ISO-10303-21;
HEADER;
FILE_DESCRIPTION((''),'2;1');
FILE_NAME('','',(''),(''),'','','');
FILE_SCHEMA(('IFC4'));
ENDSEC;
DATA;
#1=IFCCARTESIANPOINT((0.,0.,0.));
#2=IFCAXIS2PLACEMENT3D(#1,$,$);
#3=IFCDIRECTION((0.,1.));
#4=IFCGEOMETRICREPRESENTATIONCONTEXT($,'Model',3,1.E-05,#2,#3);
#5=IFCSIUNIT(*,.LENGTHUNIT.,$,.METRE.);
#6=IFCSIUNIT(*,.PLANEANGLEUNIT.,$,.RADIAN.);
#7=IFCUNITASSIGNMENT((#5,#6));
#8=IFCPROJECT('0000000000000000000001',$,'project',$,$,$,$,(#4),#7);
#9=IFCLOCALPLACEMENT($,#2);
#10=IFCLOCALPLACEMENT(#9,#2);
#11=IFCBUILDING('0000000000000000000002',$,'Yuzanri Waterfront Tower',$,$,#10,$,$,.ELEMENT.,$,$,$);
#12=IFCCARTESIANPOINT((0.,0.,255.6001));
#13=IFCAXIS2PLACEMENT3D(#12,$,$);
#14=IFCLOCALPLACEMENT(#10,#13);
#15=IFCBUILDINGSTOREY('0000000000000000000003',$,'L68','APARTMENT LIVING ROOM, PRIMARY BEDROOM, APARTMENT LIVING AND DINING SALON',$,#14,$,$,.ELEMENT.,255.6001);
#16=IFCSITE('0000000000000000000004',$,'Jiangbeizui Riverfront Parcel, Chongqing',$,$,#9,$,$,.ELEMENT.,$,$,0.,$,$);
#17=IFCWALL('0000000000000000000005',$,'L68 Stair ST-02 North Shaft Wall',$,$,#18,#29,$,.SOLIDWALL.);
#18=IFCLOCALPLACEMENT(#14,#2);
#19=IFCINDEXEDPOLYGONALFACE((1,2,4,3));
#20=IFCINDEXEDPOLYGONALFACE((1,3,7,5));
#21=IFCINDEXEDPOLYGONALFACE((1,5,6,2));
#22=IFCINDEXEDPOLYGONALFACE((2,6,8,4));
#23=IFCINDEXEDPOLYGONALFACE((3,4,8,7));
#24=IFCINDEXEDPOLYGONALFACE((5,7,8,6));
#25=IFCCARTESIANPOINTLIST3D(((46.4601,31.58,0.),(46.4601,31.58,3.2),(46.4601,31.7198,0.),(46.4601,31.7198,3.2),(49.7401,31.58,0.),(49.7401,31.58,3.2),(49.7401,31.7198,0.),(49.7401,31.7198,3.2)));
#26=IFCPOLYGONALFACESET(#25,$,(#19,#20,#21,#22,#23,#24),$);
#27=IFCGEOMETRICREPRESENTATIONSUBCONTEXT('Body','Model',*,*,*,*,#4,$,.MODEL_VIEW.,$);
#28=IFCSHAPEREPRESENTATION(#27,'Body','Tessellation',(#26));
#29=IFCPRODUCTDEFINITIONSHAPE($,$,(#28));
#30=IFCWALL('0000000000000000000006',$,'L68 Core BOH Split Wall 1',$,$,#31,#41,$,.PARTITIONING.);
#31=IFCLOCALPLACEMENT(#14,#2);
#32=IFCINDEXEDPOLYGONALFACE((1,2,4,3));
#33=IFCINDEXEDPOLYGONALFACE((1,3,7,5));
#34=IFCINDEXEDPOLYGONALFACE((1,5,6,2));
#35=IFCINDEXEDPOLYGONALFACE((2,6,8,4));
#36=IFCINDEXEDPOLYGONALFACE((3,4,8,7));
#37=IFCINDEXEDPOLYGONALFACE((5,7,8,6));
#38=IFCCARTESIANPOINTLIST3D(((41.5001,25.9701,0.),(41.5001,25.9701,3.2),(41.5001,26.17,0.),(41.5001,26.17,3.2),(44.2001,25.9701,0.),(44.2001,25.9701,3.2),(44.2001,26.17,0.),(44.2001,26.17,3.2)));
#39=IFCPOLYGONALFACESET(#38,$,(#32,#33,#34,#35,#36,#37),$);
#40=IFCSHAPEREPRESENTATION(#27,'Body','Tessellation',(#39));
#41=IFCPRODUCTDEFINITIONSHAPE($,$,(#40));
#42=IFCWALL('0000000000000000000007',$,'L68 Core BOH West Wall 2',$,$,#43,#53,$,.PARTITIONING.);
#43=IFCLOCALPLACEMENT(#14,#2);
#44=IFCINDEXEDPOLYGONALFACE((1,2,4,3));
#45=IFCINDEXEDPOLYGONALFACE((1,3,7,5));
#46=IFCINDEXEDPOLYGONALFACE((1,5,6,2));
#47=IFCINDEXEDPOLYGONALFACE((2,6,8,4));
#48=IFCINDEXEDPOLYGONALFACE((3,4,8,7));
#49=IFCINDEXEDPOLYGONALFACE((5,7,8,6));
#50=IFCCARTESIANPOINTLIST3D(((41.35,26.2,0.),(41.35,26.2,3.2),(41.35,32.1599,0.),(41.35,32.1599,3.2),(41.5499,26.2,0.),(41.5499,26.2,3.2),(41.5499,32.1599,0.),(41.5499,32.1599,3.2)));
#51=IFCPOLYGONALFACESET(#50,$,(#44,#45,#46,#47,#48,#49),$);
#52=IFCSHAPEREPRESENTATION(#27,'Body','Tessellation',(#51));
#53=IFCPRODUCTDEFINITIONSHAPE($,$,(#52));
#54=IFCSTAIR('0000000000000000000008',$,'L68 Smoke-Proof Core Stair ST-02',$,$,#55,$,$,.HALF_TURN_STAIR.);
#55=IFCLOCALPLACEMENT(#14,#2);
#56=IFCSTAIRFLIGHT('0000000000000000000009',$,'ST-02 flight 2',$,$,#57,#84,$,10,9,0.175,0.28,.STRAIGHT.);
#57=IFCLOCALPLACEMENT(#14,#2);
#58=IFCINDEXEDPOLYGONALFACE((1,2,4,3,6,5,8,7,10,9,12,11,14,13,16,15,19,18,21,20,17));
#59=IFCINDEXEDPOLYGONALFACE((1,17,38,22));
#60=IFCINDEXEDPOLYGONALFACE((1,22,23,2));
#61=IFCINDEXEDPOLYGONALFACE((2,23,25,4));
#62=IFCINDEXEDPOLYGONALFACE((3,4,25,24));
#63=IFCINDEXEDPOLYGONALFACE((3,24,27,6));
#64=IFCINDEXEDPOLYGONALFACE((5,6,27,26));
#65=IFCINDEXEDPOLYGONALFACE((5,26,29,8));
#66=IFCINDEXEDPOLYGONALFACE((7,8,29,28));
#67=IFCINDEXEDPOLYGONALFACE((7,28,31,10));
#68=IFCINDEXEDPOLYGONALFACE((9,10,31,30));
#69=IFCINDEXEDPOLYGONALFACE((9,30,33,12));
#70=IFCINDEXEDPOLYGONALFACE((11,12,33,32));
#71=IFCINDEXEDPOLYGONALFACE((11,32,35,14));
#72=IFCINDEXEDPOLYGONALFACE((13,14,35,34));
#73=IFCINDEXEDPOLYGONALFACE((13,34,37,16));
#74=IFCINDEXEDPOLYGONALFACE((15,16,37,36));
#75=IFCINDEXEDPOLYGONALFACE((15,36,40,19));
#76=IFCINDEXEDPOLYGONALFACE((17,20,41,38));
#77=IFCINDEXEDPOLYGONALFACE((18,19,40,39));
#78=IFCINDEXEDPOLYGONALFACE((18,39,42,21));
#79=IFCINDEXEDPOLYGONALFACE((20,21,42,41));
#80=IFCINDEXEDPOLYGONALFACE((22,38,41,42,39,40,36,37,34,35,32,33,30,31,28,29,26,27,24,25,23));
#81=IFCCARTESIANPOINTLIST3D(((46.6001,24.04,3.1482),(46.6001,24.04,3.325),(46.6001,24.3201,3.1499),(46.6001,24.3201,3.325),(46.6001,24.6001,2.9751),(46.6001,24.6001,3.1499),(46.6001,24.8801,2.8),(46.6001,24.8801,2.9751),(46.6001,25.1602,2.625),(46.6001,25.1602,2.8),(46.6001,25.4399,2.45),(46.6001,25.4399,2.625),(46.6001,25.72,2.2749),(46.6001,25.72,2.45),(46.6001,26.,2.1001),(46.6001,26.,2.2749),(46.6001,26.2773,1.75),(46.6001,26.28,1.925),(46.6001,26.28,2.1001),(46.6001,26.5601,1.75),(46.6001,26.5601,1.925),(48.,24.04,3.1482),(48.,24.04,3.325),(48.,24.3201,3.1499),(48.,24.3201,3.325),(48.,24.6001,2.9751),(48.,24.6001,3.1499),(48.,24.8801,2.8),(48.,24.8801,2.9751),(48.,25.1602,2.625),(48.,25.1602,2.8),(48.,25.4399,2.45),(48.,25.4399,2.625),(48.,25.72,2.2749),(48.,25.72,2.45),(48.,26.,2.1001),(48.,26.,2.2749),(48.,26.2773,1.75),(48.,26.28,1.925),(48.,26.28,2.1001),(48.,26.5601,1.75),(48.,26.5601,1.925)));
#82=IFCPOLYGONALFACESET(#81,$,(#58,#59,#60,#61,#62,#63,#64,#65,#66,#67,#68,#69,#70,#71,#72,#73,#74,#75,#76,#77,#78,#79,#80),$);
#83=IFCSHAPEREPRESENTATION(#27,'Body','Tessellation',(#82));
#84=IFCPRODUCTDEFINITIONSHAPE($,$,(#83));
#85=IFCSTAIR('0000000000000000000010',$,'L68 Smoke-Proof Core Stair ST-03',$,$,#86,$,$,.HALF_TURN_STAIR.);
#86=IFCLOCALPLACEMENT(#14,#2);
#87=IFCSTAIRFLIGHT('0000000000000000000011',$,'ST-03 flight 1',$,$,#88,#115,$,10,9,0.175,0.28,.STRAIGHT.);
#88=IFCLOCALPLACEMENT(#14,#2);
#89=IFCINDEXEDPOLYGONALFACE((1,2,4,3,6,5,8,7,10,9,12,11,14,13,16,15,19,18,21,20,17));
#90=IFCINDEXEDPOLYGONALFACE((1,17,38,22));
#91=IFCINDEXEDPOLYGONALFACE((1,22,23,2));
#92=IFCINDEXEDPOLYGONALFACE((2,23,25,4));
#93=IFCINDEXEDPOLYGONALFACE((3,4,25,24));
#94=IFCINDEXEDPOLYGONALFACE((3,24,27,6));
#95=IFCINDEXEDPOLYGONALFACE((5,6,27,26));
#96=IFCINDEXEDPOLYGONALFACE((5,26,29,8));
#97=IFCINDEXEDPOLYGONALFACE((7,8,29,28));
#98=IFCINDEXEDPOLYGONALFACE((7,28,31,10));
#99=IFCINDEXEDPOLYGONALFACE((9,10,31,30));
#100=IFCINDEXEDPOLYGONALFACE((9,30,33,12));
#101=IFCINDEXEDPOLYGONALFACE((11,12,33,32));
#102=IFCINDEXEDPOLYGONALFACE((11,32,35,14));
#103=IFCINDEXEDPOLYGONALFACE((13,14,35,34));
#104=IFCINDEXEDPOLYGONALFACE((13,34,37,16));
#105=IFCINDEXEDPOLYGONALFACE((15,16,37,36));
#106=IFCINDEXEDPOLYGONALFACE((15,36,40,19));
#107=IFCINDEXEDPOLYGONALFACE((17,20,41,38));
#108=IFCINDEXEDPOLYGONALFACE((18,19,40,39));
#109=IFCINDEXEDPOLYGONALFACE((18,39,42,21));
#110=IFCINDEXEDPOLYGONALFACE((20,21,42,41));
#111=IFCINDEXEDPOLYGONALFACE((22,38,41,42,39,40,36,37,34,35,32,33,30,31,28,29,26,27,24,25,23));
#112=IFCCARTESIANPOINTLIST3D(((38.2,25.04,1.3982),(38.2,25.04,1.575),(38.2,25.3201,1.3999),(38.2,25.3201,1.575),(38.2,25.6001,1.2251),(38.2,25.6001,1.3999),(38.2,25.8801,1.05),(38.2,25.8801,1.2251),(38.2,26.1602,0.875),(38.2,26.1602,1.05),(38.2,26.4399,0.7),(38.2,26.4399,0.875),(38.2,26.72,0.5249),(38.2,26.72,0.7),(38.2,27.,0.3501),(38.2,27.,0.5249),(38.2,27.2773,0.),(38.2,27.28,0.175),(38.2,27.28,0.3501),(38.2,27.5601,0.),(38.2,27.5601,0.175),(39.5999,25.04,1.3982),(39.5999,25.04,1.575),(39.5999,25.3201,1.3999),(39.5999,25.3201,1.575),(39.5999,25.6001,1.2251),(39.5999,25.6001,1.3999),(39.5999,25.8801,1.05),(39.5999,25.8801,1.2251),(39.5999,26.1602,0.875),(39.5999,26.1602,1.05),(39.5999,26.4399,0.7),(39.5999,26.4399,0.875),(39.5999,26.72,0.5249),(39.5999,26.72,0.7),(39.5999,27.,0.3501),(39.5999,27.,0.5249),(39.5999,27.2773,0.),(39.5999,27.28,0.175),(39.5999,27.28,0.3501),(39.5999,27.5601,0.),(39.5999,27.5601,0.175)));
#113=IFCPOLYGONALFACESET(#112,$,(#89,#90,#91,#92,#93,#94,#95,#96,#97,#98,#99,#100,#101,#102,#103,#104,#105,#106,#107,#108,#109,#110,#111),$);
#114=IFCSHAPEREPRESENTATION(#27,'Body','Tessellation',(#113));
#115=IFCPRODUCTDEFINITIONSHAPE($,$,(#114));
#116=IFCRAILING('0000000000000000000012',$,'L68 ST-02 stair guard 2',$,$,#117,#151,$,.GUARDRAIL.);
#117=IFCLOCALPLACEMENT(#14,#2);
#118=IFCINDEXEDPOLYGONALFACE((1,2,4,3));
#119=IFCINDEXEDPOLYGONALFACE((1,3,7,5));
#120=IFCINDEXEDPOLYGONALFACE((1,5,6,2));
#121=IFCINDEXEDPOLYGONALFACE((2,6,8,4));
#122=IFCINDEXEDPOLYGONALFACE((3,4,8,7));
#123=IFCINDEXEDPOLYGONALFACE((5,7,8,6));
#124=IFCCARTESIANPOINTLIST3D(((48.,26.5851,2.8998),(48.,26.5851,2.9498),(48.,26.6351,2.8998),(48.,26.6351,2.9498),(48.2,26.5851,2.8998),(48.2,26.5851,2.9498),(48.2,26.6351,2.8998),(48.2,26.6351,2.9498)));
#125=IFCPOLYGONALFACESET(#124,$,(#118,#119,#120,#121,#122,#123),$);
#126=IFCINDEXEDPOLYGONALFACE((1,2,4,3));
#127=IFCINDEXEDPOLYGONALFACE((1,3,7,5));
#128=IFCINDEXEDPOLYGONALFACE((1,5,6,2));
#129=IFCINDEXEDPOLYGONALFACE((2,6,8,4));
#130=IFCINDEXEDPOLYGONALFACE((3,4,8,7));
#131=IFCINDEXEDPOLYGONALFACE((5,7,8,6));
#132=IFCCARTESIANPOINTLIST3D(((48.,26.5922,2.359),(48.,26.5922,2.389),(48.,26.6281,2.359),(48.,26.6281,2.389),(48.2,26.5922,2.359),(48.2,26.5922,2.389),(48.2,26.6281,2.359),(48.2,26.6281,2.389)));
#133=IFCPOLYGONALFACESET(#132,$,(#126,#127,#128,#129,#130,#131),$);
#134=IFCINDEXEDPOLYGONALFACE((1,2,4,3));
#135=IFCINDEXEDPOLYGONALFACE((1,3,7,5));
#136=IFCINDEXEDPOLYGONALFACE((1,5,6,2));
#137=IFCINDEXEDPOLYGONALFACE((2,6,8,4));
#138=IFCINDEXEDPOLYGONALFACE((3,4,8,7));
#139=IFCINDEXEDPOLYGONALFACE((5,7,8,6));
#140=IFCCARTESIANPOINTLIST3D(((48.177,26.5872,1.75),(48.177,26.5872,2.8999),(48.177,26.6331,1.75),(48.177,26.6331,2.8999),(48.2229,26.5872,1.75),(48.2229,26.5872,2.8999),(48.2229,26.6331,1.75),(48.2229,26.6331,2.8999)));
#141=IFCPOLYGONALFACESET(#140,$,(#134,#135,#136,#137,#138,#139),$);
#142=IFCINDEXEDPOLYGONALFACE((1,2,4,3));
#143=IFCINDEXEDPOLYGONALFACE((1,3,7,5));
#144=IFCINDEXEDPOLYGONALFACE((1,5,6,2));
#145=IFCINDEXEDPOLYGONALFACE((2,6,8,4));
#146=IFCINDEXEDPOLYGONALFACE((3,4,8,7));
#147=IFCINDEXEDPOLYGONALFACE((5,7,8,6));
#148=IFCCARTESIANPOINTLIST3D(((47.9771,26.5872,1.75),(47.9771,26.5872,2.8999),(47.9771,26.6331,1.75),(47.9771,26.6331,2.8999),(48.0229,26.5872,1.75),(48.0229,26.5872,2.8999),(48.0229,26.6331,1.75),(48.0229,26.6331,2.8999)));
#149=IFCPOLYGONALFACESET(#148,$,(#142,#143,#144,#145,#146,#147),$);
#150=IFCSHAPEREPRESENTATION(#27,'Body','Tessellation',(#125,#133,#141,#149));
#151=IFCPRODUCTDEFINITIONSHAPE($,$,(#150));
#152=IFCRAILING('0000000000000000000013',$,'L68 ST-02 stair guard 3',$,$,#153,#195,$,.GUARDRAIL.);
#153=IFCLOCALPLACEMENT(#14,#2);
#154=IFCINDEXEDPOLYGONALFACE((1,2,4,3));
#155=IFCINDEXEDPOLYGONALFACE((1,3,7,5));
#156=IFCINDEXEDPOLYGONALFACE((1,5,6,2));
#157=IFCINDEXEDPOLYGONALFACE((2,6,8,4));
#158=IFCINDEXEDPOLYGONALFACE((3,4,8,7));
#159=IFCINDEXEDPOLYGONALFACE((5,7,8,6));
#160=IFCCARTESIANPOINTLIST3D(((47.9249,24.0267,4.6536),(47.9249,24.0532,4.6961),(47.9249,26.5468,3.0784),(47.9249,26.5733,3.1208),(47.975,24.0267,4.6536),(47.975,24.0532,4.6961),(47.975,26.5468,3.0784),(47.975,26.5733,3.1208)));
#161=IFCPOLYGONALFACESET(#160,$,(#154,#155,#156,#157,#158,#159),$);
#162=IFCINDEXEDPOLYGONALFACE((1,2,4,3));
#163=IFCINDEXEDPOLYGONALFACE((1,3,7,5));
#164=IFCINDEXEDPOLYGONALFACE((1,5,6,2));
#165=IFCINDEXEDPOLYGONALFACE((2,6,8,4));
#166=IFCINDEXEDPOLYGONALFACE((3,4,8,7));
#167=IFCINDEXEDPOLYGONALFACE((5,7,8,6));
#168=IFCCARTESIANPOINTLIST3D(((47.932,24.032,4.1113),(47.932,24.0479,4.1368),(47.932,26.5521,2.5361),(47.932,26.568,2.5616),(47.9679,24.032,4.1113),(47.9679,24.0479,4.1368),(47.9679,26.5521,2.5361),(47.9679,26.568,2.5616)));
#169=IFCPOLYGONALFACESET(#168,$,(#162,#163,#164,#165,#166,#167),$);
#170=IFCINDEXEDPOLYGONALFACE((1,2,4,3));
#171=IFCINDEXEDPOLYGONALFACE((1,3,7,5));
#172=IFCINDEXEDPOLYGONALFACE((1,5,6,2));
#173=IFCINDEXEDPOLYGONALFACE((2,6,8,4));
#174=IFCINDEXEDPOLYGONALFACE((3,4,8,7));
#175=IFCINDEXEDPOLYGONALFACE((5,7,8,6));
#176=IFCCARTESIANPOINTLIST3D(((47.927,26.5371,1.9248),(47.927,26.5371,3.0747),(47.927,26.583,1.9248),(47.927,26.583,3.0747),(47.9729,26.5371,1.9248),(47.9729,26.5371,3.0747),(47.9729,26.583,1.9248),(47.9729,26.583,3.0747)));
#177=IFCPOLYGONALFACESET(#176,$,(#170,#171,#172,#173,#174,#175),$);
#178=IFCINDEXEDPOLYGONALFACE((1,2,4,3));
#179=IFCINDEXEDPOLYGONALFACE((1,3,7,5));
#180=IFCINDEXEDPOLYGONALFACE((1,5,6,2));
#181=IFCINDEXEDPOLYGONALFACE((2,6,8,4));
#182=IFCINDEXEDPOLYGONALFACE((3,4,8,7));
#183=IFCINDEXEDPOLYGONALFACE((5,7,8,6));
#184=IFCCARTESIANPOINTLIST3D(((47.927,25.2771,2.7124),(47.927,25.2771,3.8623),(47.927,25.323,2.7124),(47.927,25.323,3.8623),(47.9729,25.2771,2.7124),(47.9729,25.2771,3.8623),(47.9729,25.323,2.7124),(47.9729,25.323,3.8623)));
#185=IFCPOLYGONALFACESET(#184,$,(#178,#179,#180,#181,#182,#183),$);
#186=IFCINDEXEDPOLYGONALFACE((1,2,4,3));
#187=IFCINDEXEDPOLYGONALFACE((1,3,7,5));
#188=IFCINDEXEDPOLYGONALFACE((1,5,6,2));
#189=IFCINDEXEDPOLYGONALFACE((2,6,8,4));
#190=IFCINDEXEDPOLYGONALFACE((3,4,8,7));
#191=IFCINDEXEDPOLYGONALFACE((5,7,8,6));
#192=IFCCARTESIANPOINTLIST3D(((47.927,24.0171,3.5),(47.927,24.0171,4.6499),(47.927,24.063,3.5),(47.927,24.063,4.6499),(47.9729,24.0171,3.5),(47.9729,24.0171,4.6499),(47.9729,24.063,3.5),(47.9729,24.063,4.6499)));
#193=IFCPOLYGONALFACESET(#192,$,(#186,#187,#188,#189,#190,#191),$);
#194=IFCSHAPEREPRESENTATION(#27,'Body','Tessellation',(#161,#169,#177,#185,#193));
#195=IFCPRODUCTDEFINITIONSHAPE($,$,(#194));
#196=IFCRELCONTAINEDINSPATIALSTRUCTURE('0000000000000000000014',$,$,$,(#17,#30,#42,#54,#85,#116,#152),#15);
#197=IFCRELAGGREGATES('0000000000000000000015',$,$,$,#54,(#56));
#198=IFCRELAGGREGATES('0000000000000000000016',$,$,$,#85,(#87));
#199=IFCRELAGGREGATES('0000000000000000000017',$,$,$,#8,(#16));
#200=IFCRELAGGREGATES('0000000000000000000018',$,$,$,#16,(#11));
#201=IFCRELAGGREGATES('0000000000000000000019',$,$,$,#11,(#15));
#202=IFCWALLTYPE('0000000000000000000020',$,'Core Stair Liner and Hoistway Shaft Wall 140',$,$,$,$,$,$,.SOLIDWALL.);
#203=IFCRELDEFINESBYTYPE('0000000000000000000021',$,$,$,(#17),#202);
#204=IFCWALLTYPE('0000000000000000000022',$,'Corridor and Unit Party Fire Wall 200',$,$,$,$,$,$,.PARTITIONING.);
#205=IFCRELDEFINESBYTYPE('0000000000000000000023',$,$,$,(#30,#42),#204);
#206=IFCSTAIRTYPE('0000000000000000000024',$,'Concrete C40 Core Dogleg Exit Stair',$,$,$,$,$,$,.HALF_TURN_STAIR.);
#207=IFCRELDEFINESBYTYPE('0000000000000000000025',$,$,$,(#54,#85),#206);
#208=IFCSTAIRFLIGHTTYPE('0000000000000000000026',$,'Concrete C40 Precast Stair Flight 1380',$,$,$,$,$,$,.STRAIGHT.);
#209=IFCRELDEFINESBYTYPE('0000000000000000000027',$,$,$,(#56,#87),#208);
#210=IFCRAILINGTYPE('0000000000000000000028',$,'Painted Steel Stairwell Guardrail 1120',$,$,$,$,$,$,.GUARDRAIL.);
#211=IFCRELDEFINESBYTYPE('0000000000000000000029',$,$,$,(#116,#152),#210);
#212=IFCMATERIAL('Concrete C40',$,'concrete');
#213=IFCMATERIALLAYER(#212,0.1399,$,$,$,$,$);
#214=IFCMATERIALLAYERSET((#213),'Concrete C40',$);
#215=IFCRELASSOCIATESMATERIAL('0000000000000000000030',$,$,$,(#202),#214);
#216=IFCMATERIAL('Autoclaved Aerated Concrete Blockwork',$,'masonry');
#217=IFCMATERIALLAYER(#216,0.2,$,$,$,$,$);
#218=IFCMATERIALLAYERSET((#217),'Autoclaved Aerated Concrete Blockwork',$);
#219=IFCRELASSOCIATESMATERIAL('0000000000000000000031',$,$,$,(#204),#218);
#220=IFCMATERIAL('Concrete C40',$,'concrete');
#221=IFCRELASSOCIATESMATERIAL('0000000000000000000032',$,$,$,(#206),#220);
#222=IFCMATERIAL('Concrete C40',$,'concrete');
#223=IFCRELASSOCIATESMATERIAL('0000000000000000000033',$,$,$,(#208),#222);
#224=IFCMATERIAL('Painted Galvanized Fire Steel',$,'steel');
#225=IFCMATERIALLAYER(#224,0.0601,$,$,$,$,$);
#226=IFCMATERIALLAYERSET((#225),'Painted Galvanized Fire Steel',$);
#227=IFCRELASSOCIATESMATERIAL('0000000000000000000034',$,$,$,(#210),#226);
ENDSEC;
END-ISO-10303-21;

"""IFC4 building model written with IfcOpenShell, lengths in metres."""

from ifc_helpers import new_model, si_unit, direction, frame, frame_2d, origin, origin_2d, place, context, subcontext, project, spatial, polyline, rectangle, outline, extrude, source, transform, mapped, material, layer, layer_set, type_object, element, aggregate, save


model = new_model("IFC4")

# Units and contexts
model_context = context("Model", 3, precision=1e-05, world=origin(), true_north=direction((0.0, 1.0)))
body_context = subcontext(model_context, "Body", "Model", "MODEL_VIEW")
ifc_project = project(units=[si_unit("LENGTHUNIT", "METRE"), si_unit("PLANEANGLEUNIT", "RADIAN")], contexts=[model_context])

# Site, building, storey
site_placement = place(None, origin())
site = spatial("IfcSite", under=ifc_project, at=site_placement, Name="Jiangbeizui Riverfront Parcel, Chongqing", CompositionType="ELEMENT", RefElevation=0.0)
building_placement = place(site_placement, origin())
building = spatial("IfcBuilding", under=site, at=building_placement, Name="Yuzanri Waterfront Tower", CompositionType="ELEMENT")
storey_placement = place(building_placement, frame((0.0, 0.0, 255.6001)))
storey = spatial("IfcBuildingStorey", under=building, at=storey_placement, Name="L68", Description="APARTMENT LIVING ROOM, PRIMARY BEDROOM, APARTMENT LIVING AND DINING SALON", CompositionType="ELEMENT", Elevation=255.6001)

# Shared definitions
ifc_material_1 = material(Name="Concrete C40", Category="concrete")
ifc_layer_1 = layer(ifc_material_1, 0.1399)
ifc_layer_set_1 = layer_set([ifc_layer_1], Name="Concrete C40")
wall_type_1 = type_object("IfcWallType", Name="Core Stair Liner and Hoistway Shaft Wall 140", PredefinedType="SOLIDWALL", material=ifc_layer_set_1)
ifc_material_2 = material(Name="Autoclaved Aerated Concrete Blockwork", Category="masonry")
ifc_layer_2 = layer(ifc_material_2, 0.2)
ifc_layer_set_2 = layer_set([ifc_layer_2], Name="Autoclaved Aerated Concrete Blockwork")
wall_type_2 = type_object("IfcWallType", Name="Corridor and Unit Party Fire Wall 200", PredefinedType="PARTITIONING", material=ifc_layer_set_2)

# Walls
shared_shape_1 = source(origin(), body_context, "Body", "SweptSolid", [
    extrude(rectangle(XDim=3.28, YDim=0.1399, at=frame_2d((1.6401, 0.0))), origin(), (0.0, 0.0, 1.0), 3.2),
])
wall_1_placement = place(storey_placement, frame((46.46, 31.6499, 0.0), z_axis=(0.0, 0.0, 1.0), x_axis=(1.0, 0.0, 0.0)))
element("IfcWall", 1, at=wall_1_placement, inside=storey, type_object=wall_type_1, Name="L68 Stair ST-02 North Shaft Wall", PredefinedType="SOLIDWALL", context=body_context, shape_type="MappedRepresentation", body=[
    mapped(shared_shape_1, transform((0.0, 0.0, 0.0), scale=1.0)),
])
shared_shape_2 = source(origin(), body_context, "Body", "SweptSolid", [
    extrude(rectangle(XDim=2.7, YDim=0.2, at=frame_2d((1.3501, 0.0))), origin(), (0.0, 0.0, 1.0), 3.2),
])
wall_2_placement = place(storey_placement, frame((41.5, 26.0701, 0.0), z_axis=(0.0, 0.0, 1.0), x_axis=(1.0, 0.0, 0.0)))
element("IfcWall", 2, at=wall_2_placement, inside=storey, type_object=wall_type_2, Name="L68 Core BOH Split Wall 1", PredefinedType="PARTITIONING", context=body_context, shape_type="MappedRepresentation", body=[
    mapped(shared_shape_2, transform((0.0, 0.0, 0.0), scale=1.0)),
])
shared_shape_3 = source(origin(), body_context, "Body", "SweptSolid", [
    extrude(rectangle(XDim=5.96, YDim=0.2, at=frame_2d((2.98, 0.0))), origin(), (0.0, 0.0, 1.0), 3.2),
])
wall_3_placement = place(storey_placement, frame((41.45, 26.2, 0.0), z_axis=(0.0, 0.0, 1.0), x_axis=(0.0, 1.0, 0.0)))
element("IfcWall", 3, at=wall_3_placement, inside=storey, type_object=wall_type_2, Name="L68 Core BOH West Wall 2", PredefinedType="PARTITIONING", context=body_context, shape_type="MappedRepresentation", body=[
    mapped(shared_shape_3, transform((0.0, 0.0, 0.0), scale=1.0)),
])

# Stairs, stair flights
ifc_material_3 = material(Name="Concrete C40", Category="concrete")
stair_type = type_object("IfcStairType", Name="Concrete C40 Core Dogleg Exit Stair", PredefinedType="HALF_TURN_STAIR", material=ifc_material_3)
stair_1_placement = place(storey_placement, origin())
stair_1 = element("IfcStair", 4, at=stair_1_placement, inside=storey, type_object=stair_type, Name="L68 Smoke-Proof Core Stair ST-02", PredefinedType="HALF_TURN_STAIR")
ifc_material_4 = material(Name="Concrete C40", Category="concrete")
stair_flight_type = type_object("IfcStairFlightType", Name="Concrete C40 Precast Stair Flight 1380", PredefinedType="STRAIGHT", material=ifc_material_4)
shared_shape_4 = source(origin(), body_context, "Body", "SweptSolid", [
    extrude(outline(polyline([(0.0, 0.0), (0.0, 0.175), (0.28, 0.175), (0.28, 0.3501), (0.5601, 0.3501), (0.5601, 0.5249), (0.8401, 0.5249), (0.8401, 0.7), (1.1201, 0.7), (1.1201, 0.875), (1.3999, 0.875), (1.3999, 1.05), (1.6799, 1.05), (1.6799, 1.2251), (1.96, 1.2251), (1.96, 1.3999), (2.24, 1.3999), (2.24, 1.575), (2.52, 1.575), (2.52, 1.75), (2.52, 1.3982), (0.2827, 0.0), (0.0, 0.0)])), frame((0.0, 0.7, 0.0), z_axis=(0.0, -1.0, 0.0), x_axis=(1.0, 0.0, 0.0)), (0.0, 0.0, 1.0), 1.3999),
])
stair_flight_1_placement = place(storey_placement, frame((47.3, 26.5601, 1.75), z_axis=(0.0, 0.0, 1.0), x_axis=(0.0, -1.0, 0.0)))
stair_flight_1 = element("IfcStairFlight", 5, at=stair_flight_1_placement, type_object=stair_flight_type, Name="ST-02 flight 2", NumberOfRisers=10, NumberOfTreads=9, PredefinedType="STRAIGHT", RiserHeight=0.175, TreadLength=0.28, context=body_context, shape_type="MappedRepresentation", body=[
    mapped(shared_shape_4, transform((0.0, 0.0, 0.0), scale=1.0)),
])
aggregate(stair_1, [stair_flight_1])
stair_2_placement = place(storey_placement, origin())
stair_2 = element("IfcStair", 6, at=stair_2_placement, inside=storey, type_object=stair_type, Name="L68 Smoke-Proof Core Stair ST-03", PredefinedType="HALF_TURN_STAIR")
stair_flight_2_placement = place(storey_placement, frame((38.8999, 27.5601, 0.0), z_axis=(0.0, 0.0, 1.0), x_axis=(0.0, -1.0, 0.0)))
stair_flight_2 = element("IfcStairFlight", 7, at=stair_flight_2_placement, type_object=stair_flight_type, Name="ST-03 flight 1", NumberOfRisers=10, NumberOfTreads=9, PredefinedType="STRAIGHT", RiserHeight=0.175, TreadLength=0.28, context=body_context, shape_type="MappedRepresentation", body=[
    mapped(shared_shape_4, transform((0.0, 0.0, 0.0), scale=1.0)),
])
aggregate(stair_2, [stair_flight_2])

# Railings
ifc_material_5 = material(Name="Painted Galvanized Fire Steel", Category="steel")
ifc_layer_3 = layer(ifc_material_5, 0.0601)
ifc_layer_set_3 = layer_set([ifc_layer_3], Name="Painted Galvanized Fire Steel")
railing_type_1 = type_object("IfcRailingType", Name="Painted Steel Stairwell Guardrail 1120", PredefinedType="GUARDRAIL", material=ifc_layer_set_3)
shared_shape_5 = source(origin(), body_context, "Body", "SweptSolid", [
    extrude(rectangle(XDim=0.05, YDim=0.05, at=origin_2d()), frame((0.0, 0.0, 1.1748), z_axis=(-1.0, 0.0, 0.0), x_axis=(0.0, -1.0, 0.0)), (0.0, 0.0, 1.0), 0.2),
    extrude(rectangle(XDim=0.0359, YDim=0.03, at=origin_2d()), frame((0.0, 0.0, 0.624), z_axis=(-1.0, 0.0, 0.0), x_axis=(0.0, -1.0, 0.0)), (0.0, 0.0, 1.0), 0.2),
    extrude(rectangle(XDim=0.0459, YDim=0.0459, at=origin_2d()), origin(), (0.0, 0.0, 1.0), 1.1499),
    extrude(rectangle(XDim=0.0459, YDim=0.0459, at=origin_2d()), frame((-0.2, 0.0, 0.0)), (0.0, 0.0, 1.0), 1.1499),
])
railing_1_placement = place(storey_placement, frame((48.2, 26.6101, 1.75)))
element("IfcRailing", 8, at=railing_1_placement, inside=storey, type_object=railing_type_1, Name="L68 ST-02 stair guard 2", PredefinedType="GUARDRAIL", context=body_context, shape_type="MappedRepresentation", body=[
    mapped(shared_shape_5, transform((0.0, 0.0, 0.0), scale=1.0)),
])
shared_shape_6 = source(origin(), body_context, "Body", "SweptSolid", [
    extrude(rectangle(XDim=0.05, YDim=0.05, at=origin_2d()), frame((0.0, 0.0, 1.1748), z_axis=(0.0, -0.847971, 0.530043), x_axis=(1.0, 0.0, 0.0)), (0.0, 0.0, 1.0), 2.9719),
    extrude(rectangle(XDim=0.0359, YDim=0.03, at=origin_2d()), frame((0.0, 0.0, 0.624), z_axis=(0.0, -0.847971, 0.530043), x_axis=(1.0, 0.0, 0.0)), (0.0, 0.0, 1.0), 2.9719),
    extrude(rectangle(XDim=0.0459, YDim=0.0459, at=origin_2d()), origin(), (0.0, 0.0, 1.0), 1.1499),
    extrude(rectangle(XDim=0.0459, YDim=0.0459, at=origin_2d()), frame((0.0, -1.26, 0.7876)), (0.0, 0.0, 1.0), 1.1499),
    extrude(rectangle(XDim=0.0459, YDim=0.0459, at=origin_2d()), frame((0.0, -2.52, 1.5752)), (0.0, 0.0, 1.0), 1.1499),
])
for number, where, name in (
    (9, (47.95, 26.5601, 1.9248), "L68 ST-02 stair guard 3"),
):
    element("IfcRailing", number, at=place(storey_placement, frame(where)), inside=storey, type_object=railing_type_1, Name=name, PredefinedType="GUARDRAIL", context=body_context, shape_type="MappedRepresentation", body=[
        mapped(shared_shape_6, transform((0.0, 0.0, 0.0), scale=1.0)),
    ])

save(model, "model.ifc")
